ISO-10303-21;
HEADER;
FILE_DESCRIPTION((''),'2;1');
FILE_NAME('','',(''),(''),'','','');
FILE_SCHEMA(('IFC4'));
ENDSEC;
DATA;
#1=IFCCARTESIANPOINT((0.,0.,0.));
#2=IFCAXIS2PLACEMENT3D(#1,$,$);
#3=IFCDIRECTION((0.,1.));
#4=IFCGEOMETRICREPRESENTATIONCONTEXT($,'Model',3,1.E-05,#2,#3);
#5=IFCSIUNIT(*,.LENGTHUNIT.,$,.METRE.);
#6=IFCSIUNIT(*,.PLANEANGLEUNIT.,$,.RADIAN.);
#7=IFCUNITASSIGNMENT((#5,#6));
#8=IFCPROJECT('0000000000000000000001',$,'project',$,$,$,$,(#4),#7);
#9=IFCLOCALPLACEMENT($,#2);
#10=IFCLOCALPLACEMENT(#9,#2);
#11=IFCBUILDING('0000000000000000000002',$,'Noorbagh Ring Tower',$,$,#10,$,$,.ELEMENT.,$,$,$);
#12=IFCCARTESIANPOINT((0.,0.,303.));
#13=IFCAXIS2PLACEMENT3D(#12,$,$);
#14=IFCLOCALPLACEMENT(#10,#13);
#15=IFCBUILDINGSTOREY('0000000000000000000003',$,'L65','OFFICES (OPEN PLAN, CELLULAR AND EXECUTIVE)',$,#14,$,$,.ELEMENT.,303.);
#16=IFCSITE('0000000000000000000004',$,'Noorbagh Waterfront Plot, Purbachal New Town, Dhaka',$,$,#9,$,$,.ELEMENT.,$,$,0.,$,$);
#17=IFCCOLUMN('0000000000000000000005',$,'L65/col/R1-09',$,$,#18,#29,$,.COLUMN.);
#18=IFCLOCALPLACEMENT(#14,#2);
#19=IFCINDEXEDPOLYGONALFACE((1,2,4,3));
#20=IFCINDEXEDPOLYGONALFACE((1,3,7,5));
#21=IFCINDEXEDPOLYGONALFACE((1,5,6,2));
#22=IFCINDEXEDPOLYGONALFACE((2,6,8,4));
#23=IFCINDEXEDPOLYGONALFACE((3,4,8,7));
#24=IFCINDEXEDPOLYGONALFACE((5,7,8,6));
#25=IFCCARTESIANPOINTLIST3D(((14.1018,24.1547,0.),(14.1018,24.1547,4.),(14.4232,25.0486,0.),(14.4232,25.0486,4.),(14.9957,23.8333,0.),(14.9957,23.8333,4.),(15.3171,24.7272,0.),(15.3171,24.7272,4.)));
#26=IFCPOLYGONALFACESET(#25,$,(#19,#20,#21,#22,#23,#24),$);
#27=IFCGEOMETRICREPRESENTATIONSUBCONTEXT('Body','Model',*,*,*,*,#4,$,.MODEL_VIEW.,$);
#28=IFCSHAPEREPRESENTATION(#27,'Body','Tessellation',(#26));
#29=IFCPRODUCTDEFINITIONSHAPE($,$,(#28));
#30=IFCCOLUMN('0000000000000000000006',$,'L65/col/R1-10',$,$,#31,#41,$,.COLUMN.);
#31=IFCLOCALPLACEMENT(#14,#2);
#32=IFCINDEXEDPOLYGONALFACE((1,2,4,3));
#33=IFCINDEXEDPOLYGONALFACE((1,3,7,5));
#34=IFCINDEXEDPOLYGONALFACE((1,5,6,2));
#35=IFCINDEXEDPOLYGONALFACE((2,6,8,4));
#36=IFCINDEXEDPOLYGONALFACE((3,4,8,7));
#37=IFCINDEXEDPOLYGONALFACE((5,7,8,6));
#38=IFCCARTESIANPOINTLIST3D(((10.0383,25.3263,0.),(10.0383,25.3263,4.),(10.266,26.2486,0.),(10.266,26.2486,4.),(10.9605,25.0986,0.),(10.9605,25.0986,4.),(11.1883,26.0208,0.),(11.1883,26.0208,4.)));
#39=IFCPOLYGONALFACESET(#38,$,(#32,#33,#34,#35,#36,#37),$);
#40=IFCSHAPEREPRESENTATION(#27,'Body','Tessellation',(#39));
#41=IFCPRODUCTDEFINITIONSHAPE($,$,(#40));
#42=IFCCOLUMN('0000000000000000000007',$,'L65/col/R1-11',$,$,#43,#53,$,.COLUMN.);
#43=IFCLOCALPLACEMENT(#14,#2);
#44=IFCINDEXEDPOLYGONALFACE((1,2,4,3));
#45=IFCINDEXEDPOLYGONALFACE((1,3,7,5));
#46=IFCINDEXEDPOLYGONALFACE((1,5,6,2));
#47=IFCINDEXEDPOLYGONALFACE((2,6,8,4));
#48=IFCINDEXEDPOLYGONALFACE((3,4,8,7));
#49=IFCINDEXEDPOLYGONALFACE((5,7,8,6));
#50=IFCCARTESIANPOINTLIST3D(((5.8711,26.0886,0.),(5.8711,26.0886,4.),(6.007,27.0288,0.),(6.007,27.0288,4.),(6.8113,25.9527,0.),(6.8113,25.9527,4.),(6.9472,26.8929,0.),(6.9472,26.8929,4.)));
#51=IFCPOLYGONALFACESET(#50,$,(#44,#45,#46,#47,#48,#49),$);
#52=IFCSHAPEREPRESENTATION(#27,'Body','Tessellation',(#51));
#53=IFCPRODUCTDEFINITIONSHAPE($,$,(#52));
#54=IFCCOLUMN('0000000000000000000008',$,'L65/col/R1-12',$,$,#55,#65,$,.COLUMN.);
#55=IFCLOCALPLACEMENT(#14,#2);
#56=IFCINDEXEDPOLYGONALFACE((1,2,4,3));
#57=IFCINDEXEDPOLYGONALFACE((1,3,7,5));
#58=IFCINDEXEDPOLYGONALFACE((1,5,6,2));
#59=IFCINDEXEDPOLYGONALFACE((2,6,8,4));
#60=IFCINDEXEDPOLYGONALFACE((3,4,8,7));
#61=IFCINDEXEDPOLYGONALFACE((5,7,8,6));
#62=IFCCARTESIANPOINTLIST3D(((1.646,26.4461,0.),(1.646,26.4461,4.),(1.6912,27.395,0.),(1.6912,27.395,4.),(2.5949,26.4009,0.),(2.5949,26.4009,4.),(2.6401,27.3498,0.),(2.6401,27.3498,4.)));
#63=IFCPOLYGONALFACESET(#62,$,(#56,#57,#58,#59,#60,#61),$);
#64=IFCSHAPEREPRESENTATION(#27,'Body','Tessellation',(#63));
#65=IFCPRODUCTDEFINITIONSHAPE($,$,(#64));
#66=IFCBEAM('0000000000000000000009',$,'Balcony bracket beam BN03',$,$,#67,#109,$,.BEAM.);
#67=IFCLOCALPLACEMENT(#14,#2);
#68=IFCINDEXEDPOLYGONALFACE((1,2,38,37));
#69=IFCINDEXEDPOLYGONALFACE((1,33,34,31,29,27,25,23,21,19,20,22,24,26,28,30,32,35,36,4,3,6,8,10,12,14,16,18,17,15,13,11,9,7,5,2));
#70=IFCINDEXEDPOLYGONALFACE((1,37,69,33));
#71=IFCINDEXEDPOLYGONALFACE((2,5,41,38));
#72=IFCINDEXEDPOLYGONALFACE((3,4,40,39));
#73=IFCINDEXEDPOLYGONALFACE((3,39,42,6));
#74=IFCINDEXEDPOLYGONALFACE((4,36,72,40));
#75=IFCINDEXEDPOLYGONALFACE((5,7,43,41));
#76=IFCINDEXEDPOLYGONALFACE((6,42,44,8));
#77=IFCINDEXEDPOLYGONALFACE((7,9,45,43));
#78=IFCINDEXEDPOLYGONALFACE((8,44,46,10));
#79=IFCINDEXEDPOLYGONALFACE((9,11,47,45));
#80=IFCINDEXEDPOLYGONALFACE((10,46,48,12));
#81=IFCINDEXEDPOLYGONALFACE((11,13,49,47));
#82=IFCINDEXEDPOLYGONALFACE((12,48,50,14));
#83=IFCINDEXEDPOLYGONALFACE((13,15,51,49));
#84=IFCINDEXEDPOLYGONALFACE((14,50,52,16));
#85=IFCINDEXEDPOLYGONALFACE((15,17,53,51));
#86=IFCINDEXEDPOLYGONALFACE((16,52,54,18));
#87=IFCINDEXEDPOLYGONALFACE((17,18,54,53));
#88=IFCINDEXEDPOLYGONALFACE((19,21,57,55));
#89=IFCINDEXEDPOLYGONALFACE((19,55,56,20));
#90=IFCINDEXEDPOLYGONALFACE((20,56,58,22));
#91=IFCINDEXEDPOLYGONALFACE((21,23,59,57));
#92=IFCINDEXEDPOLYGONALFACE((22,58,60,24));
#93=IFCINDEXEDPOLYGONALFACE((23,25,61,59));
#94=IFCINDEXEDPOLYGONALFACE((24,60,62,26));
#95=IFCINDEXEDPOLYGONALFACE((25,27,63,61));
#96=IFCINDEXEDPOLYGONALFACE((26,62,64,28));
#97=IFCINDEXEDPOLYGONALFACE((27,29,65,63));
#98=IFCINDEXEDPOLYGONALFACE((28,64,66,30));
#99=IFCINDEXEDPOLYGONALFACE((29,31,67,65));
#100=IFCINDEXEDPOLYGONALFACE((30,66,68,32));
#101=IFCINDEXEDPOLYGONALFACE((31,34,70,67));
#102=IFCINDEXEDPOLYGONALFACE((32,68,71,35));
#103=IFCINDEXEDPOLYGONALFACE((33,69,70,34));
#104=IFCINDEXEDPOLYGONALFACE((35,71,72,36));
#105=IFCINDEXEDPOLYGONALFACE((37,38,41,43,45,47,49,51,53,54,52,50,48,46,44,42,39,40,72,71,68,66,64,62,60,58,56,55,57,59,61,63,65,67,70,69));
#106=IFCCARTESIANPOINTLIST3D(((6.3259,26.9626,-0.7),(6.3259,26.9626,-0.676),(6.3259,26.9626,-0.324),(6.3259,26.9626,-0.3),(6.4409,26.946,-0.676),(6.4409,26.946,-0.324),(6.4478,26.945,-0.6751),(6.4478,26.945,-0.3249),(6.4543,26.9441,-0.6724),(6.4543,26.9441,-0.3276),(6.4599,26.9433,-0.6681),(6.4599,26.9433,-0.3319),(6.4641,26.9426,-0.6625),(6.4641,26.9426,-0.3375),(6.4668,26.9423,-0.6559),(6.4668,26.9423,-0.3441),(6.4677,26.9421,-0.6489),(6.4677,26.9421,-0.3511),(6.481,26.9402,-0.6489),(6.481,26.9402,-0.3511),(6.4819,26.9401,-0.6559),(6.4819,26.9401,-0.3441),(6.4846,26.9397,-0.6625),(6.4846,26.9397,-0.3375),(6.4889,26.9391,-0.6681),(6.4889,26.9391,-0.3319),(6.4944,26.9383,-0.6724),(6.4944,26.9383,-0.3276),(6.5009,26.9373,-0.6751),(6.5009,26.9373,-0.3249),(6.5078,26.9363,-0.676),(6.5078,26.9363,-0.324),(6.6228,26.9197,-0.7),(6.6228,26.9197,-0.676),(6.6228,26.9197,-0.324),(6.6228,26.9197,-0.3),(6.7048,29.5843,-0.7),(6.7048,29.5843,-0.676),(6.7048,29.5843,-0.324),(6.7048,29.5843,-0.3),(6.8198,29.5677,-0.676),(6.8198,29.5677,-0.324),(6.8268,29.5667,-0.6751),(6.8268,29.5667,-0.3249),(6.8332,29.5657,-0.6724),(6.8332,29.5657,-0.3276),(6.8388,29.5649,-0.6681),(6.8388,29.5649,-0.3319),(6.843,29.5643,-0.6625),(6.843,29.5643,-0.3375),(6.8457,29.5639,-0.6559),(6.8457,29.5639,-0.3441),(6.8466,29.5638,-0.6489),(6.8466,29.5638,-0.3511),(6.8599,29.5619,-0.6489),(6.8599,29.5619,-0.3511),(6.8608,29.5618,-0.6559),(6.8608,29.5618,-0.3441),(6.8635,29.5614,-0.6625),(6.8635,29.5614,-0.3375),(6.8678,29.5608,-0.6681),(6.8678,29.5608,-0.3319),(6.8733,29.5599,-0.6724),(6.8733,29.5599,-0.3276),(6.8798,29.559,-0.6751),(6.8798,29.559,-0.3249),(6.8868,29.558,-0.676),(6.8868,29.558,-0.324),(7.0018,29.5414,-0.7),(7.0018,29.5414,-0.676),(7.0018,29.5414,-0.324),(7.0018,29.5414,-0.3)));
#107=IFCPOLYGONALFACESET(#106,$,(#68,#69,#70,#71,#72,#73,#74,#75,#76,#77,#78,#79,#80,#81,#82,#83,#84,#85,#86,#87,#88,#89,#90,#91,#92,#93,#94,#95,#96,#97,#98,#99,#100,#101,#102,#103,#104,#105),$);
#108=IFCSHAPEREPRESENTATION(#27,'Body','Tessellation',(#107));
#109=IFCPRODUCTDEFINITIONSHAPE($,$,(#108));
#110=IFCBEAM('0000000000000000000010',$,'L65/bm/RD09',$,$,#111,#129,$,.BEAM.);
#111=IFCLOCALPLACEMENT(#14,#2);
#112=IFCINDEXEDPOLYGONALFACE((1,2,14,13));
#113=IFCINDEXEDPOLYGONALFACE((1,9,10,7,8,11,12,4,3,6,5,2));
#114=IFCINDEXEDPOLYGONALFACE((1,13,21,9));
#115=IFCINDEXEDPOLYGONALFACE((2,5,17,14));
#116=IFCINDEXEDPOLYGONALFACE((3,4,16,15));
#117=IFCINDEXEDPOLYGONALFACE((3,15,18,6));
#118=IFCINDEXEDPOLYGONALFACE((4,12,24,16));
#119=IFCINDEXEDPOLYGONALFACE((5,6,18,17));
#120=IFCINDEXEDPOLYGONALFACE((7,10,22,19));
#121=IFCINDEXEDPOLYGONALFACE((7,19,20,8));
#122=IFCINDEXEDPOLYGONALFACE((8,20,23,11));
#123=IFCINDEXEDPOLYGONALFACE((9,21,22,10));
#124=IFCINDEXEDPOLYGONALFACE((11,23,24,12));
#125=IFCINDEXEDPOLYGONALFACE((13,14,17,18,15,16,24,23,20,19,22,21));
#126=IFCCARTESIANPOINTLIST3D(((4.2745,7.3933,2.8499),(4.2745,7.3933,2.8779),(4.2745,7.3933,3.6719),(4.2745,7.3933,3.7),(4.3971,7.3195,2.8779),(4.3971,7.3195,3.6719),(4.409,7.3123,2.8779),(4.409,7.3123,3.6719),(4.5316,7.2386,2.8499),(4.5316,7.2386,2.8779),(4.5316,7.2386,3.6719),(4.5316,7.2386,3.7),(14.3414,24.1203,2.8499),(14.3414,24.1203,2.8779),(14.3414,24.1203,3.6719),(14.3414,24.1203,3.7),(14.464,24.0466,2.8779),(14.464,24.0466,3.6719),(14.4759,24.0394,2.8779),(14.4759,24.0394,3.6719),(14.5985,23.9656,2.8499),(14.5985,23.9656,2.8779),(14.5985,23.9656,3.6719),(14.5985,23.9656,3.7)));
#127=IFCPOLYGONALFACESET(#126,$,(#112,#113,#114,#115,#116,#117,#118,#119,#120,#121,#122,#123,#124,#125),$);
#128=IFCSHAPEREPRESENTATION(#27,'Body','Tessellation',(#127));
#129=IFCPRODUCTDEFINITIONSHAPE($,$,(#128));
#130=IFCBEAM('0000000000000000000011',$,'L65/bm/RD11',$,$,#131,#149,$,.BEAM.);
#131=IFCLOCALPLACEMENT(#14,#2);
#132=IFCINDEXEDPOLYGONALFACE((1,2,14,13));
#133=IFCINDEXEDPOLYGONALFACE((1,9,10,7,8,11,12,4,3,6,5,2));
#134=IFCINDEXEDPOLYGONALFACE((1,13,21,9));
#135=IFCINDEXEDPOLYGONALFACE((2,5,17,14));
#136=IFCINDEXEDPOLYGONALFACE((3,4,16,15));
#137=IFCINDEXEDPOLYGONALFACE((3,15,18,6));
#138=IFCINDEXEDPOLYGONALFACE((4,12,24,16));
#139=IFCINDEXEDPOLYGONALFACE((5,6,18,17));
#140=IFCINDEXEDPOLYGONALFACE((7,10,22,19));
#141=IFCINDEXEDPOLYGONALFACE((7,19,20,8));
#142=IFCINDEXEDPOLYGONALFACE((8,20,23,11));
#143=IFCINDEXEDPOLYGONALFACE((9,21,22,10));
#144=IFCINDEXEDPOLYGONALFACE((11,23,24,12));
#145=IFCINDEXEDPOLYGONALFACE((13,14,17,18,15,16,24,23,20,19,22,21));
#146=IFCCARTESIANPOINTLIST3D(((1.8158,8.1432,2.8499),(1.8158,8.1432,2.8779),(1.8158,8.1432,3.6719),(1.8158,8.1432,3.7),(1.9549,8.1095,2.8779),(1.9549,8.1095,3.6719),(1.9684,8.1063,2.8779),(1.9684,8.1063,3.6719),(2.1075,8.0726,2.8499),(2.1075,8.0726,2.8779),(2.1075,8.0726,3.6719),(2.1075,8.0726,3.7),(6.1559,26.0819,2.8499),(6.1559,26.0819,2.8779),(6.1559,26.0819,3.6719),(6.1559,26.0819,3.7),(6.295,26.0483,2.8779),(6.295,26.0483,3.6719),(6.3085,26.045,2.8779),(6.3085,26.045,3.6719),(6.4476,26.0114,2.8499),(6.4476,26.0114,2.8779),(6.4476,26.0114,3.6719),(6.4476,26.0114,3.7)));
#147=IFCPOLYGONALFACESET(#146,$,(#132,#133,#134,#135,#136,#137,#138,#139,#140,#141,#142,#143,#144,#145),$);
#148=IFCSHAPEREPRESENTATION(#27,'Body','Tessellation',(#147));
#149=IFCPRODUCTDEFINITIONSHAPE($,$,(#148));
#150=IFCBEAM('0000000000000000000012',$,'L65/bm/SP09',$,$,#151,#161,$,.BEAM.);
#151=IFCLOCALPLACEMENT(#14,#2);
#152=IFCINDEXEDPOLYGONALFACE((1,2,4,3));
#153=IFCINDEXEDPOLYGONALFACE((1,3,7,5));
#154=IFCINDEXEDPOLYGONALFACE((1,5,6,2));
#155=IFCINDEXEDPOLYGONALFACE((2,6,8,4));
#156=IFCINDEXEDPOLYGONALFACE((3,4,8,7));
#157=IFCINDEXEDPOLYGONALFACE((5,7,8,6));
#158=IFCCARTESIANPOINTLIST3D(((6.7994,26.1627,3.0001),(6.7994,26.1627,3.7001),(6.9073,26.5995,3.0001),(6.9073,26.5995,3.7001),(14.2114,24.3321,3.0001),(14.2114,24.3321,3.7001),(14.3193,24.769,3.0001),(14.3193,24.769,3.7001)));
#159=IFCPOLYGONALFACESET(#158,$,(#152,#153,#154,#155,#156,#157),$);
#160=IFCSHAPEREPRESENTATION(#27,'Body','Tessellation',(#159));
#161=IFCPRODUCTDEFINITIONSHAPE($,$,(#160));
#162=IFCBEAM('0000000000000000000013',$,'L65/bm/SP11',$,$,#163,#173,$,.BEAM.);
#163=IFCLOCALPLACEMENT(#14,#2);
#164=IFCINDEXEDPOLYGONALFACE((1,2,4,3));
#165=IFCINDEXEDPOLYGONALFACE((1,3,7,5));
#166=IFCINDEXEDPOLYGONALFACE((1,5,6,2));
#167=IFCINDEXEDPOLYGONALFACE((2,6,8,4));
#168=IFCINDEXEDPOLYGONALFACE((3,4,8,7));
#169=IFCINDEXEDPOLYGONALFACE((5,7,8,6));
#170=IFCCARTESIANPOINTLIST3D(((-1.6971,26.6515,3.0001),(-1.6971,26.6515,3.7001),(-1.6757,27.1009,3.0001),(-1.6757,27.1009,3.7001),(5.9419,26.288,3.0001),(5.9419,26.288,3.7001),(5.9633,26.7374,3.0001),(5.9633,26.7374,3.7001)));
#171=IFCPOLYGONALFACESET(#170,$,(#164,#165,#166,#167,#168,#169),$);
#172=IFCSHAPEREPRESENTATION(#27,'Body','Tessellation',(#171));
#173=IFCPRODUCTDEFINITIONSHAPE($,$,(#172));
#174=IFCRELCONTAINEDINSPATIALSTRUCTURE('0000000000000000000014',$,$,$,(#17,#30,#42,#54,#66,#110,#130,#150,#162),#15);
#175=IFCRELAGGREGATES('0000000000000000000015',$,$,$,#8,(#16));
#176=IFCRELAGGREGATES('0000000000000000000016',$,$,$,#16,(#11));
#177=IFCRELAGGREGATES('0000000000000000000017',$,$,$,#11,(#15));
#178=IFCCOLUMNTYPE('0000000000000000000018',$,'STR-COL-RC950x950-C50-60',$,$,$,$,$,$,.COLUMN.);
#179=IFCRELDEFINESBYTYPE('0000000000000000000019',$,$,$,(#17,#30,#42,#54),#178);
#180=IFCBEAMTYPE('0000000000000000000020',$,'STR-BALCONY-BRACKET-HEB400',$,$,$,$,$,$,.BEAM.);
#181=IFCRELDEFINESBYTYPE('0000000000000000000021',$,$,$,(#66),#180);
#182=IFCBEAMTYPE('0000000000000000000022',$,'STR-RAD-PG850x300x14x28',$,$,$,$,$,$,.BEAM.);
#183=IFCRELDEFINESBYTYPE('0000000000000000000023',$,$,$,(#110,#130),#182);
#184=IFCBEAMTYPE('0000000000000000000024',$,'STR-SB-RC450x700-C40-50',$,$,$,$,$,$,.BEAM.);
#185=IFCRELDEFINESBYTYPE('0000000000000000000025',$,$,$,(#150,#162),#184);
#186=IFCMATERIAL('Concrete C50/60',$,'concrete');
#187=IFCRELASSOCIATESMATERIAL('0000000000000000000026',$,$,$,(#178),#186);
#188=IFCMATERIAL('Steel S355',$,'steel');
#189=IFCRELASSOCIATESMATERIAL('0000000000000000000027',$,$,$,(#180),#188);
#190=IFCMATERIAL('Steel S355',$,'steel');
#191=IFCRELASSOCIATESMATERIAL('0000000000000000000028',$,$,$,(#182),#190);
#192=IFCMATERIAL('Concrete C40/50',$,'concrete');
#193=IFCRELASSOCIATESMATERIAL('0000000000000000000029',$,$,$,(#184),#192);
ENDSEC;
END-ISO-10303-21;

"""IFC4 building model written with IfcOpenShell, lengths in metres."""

from ifc_helpers import new_model, si_unit, direction, frame, origin, origin_2d, place, context, subcontext, project, spatial, rectangle, i_section, extrude, material, material_profile, profile_set, type_object, element, save


model = new_model("IFC4")

# Units and contexts
model_context = context("Model", 3, precision=1e-05, world=origin(), true_north=direction((0.0, 1.0)))
body_context = subcontext(model_context, "Body", "Model", "MODEL_VIEW")
ifc_project = project(units=[si_unit("LENGTHUNIT", "METRE"), si_unit("PLANEANGLEUNIT", "RADIAN")], contexts=[model_context])

# Site, building, storey
site_placement = place(None, origin())
site = spatial("IfcSite", under=ifc_project, at=site_placement, Name="Noorbagh Waterfront Plot, Purbachal New Town, Dhaka", CompositionType="ELEMENT", RefElevation=0.0)
building_placement = place(site_placement, origin())
building = spatial("IfcBuilding", under=site, at=building_placement, Name="Noorbagh Ring Tower", CompositionType="ELEMENT")
storey_placement = place(building_placement, frame((0.0, 0.0, 303.0)))
storey = spatial("IfcBuildingStorey", under=building, at=storey_placement, Name="L65", Description="OFFICES (OPEN PLAN, CELLULAR AND EXECUTIVE)", CompositionType="ELEMENT", Elevation=303.0)

# Columns
ifc_material_1 = material(Name="Concrete C50/60", Category="concrete")
ifc_material_profile_1 = material_profile(ifc_material_1, rectangle(XDim=0.95, YDim=0.95, at=origin_2d()), Name="RC950x950")
ifc_profile_set_1 = profile_set([ifc_material_profile_1], Name="Concrete C50/60")
column_type = type_object("IfcColumnType", Name="STR-COL-RC950x950-C50-60", PredefinedType="COLUMN", material=ifc_profile_set_1)
for number, where, z_axis, x_axis, name in (
    (1, (14.7095, 24.4409, 0.0), (0.0, 0.0, 1.0), (-0.941025, 0.338338, 0.0), "L65/col/R1-09"),
    (2, (10.6133, 25.6736, 0.0), (0.0, 0.0, 1.0), (-0.970829, 0.239771, 0.0), "L65/col/R1-10"),
    (3, (6.4092, 26.4907, 0.0), (0.0, 0.0, 1.0), (-0.989713, 0.143066, 0.0), "L65/col/R1-11"),
    (4, (2.1431, 26.8979, 0.0), (0.0, 0.0, 1.0), (-0.998869, 0.047553, 0.0), "L65/col/R1-12"),
):
    element("IfcColumn", number, at=place(storey_placement, frame(where, z_axis=z_axis, x_axis=x_axis)), inside=storey, type_object=column_type, Name=name, PredefinedType="COLUMN", context=body_context, shape_type="SweptSolid", body=[
        extrude(rectangle(XDim=0.95, YDim=0.95, at=origin_2d()), origin(), (0.0, 0.0, 1.0), 4.0),
    ])

# Beams
ifc_material_2 = material(Name="Steel S355", Category="steel")
ifc_material_profile_2 = material_profile(ifc_material_2, i_section(OverallWidth=0.3, OverallDepth=0.3999, WebThickness=0.0134, FlangeThickness=0.0239, FilletRadius=0.0271, at=origin_2d()), Name="HEB400")
ifc_profile_set_2 = profile_set([ifc_material_profile_2], Name="Steel S355")
beam_type_1 = type_object("IfcBeamType", Name="STR-BALCONY-BRACKET-HEB400", PredefinedType="BEAM", material=ifc_profile_set_2)
beam_1_placement = place(storey_placement, frame((6.4744, 26.9412, -0.5), z_axis=(0.143047, 0.989716, 0.0), x_axis=(-0.989716, 0.143047, 0.0)))
element("IfcBeam", 5, at=beam_1_placement, inside=storey, type_object=beam_type_1, Name="Balcony bracket beam BN03", PredefinedType="BEAM", context=body_context, shape_type="SweptSolid", body=[
    extrude(i_section(OverallWidth=0.3, OverallDepth=0.3999, WebThickness=0.0134, FlangeThickness=0.0239, FilletRadius=0.0271, at=origin_2d()), origin(), (0.0, 0.0, 1.0), 2.6489),
])
ifc_material_3 = material(Name="Steel S355", Category="steel")
ifc_material_profile_3 = material_profile(ifc_material_3, i_section(OverallWidth=0.3, OverallDepth=0.8501, WebThickness=0.0139, FlangeThickness=0.0281, at=origin_2d()), Name="PG850x300x14x28")
ifc_profile_set_3 = profile_set([ifc_material_profile_3], Name="Steel S355")
beam_type_2 = type_object("IfcBeamType", Name="STR-RAD-PG850x300x14x28", PredefinedType="BEAM", material=ifc_profile_set_3)
beam_2_placement = place(storey_placement, frame((14.47, 24.043, 3.2749), z_axis=(-0.51565, -0.856799, 0.0), x_axis=(0.856799, -0.51565, 0.0)))
element("IfcBeam", 6, at=beam_2_placement, inside=storey, type_object=beam_type_2, Name="L65/bm/RD09", PredefinedType="BEAM", context=body_context, shape_type="SweptSolid", body=[
    extrude(i_section(OverallWidth=0.3, OverallDepth=0.8501, WebThickness=0.0139, FlangeThickness=0.0281, at=origin_2d()), origin(), (0.0, 0.0, 1.0), 19.5227),
])
beam_3_placement = place(storey_placement, frame((6.3018, 26.0466, 3.2749), z_axis=(-0.235155, -0.971958, 0.0), x_axis=(0.971958, -0.235155, 0.0)))
element("IfcBeam", 7, at=beam_3_placement, inside=storey, type_object=beam_type_2, Name="L65/bm/RD11", PredefinedType="BEAM", context=body_context, shape_type="SweptSolid", body=[
    extrude(i_section(OverallWidth=0.3, OverallDepth=0.8501, WebThickness=0.0139, FlangeThickness=0.0281, at=origin_2d()), origin(), (0.0, 0.0, 1.0), 18.4563),
])
ifc_material_4 = material(Name="Concrete C40/50", Category="concrete")
ifc_material_profile_4 = material_profile(ifc_material_4, rectangle(XDim=0.45, YDim=0.7, at=origin_2d()), Name="RC450x700")
ifc_profile_set_4 = profile_set([ifc_material_profile_4], Name="Concrete C40/50")
beam_type_3 = type_object("IfcBeamType", Name="STR-SB-RC450x700-C40-50", PredefinedType="BEAM", material=ifc_profile_set_4)
beam_4_placement = place(storey_placement, frame((14.2654, 24.5505, 3.3501), z_axis=(-0.970831, 0.239766, 0.0), x_axis=(-0.239766, -0.970831, 0.0)))
element("IfcBeam", 8, at=beam_4_placement, inside=storey, type_object=beam_type_3, Name="L65/bm/SP09", PredefinedType="BEAM", context=body_context, shape_type="SweptSolid", body=[
    extrude(rectangle(XDim=0.45, YDim=0.7, at=origin_2d()), origin(), (0.0, 0.0, 1.0), 7.6348),
])
beam_5_placement = place(storey_placement, frame((5.9526, 26.5127, 3.3501), z_axis=(-0.99887, 0.047533, 0.0), x_axis=(-0.047533, -0.99887, 0.0)))
element("IfcBeam", 9, at=beam_5_placement, inside=storey, type_object=beam_type_3, Name="L65/bm/SP11", PredefinedType="BEAM", context=body_context, shape_type="SweptSolid", body=[
    extrude(rectangle(XDim=0.45, YDim=0.7, at=origin_2d()), origin(), (0.0, 0.0, 1.0), 7.6477),
])

save(model, "model.ifc")
